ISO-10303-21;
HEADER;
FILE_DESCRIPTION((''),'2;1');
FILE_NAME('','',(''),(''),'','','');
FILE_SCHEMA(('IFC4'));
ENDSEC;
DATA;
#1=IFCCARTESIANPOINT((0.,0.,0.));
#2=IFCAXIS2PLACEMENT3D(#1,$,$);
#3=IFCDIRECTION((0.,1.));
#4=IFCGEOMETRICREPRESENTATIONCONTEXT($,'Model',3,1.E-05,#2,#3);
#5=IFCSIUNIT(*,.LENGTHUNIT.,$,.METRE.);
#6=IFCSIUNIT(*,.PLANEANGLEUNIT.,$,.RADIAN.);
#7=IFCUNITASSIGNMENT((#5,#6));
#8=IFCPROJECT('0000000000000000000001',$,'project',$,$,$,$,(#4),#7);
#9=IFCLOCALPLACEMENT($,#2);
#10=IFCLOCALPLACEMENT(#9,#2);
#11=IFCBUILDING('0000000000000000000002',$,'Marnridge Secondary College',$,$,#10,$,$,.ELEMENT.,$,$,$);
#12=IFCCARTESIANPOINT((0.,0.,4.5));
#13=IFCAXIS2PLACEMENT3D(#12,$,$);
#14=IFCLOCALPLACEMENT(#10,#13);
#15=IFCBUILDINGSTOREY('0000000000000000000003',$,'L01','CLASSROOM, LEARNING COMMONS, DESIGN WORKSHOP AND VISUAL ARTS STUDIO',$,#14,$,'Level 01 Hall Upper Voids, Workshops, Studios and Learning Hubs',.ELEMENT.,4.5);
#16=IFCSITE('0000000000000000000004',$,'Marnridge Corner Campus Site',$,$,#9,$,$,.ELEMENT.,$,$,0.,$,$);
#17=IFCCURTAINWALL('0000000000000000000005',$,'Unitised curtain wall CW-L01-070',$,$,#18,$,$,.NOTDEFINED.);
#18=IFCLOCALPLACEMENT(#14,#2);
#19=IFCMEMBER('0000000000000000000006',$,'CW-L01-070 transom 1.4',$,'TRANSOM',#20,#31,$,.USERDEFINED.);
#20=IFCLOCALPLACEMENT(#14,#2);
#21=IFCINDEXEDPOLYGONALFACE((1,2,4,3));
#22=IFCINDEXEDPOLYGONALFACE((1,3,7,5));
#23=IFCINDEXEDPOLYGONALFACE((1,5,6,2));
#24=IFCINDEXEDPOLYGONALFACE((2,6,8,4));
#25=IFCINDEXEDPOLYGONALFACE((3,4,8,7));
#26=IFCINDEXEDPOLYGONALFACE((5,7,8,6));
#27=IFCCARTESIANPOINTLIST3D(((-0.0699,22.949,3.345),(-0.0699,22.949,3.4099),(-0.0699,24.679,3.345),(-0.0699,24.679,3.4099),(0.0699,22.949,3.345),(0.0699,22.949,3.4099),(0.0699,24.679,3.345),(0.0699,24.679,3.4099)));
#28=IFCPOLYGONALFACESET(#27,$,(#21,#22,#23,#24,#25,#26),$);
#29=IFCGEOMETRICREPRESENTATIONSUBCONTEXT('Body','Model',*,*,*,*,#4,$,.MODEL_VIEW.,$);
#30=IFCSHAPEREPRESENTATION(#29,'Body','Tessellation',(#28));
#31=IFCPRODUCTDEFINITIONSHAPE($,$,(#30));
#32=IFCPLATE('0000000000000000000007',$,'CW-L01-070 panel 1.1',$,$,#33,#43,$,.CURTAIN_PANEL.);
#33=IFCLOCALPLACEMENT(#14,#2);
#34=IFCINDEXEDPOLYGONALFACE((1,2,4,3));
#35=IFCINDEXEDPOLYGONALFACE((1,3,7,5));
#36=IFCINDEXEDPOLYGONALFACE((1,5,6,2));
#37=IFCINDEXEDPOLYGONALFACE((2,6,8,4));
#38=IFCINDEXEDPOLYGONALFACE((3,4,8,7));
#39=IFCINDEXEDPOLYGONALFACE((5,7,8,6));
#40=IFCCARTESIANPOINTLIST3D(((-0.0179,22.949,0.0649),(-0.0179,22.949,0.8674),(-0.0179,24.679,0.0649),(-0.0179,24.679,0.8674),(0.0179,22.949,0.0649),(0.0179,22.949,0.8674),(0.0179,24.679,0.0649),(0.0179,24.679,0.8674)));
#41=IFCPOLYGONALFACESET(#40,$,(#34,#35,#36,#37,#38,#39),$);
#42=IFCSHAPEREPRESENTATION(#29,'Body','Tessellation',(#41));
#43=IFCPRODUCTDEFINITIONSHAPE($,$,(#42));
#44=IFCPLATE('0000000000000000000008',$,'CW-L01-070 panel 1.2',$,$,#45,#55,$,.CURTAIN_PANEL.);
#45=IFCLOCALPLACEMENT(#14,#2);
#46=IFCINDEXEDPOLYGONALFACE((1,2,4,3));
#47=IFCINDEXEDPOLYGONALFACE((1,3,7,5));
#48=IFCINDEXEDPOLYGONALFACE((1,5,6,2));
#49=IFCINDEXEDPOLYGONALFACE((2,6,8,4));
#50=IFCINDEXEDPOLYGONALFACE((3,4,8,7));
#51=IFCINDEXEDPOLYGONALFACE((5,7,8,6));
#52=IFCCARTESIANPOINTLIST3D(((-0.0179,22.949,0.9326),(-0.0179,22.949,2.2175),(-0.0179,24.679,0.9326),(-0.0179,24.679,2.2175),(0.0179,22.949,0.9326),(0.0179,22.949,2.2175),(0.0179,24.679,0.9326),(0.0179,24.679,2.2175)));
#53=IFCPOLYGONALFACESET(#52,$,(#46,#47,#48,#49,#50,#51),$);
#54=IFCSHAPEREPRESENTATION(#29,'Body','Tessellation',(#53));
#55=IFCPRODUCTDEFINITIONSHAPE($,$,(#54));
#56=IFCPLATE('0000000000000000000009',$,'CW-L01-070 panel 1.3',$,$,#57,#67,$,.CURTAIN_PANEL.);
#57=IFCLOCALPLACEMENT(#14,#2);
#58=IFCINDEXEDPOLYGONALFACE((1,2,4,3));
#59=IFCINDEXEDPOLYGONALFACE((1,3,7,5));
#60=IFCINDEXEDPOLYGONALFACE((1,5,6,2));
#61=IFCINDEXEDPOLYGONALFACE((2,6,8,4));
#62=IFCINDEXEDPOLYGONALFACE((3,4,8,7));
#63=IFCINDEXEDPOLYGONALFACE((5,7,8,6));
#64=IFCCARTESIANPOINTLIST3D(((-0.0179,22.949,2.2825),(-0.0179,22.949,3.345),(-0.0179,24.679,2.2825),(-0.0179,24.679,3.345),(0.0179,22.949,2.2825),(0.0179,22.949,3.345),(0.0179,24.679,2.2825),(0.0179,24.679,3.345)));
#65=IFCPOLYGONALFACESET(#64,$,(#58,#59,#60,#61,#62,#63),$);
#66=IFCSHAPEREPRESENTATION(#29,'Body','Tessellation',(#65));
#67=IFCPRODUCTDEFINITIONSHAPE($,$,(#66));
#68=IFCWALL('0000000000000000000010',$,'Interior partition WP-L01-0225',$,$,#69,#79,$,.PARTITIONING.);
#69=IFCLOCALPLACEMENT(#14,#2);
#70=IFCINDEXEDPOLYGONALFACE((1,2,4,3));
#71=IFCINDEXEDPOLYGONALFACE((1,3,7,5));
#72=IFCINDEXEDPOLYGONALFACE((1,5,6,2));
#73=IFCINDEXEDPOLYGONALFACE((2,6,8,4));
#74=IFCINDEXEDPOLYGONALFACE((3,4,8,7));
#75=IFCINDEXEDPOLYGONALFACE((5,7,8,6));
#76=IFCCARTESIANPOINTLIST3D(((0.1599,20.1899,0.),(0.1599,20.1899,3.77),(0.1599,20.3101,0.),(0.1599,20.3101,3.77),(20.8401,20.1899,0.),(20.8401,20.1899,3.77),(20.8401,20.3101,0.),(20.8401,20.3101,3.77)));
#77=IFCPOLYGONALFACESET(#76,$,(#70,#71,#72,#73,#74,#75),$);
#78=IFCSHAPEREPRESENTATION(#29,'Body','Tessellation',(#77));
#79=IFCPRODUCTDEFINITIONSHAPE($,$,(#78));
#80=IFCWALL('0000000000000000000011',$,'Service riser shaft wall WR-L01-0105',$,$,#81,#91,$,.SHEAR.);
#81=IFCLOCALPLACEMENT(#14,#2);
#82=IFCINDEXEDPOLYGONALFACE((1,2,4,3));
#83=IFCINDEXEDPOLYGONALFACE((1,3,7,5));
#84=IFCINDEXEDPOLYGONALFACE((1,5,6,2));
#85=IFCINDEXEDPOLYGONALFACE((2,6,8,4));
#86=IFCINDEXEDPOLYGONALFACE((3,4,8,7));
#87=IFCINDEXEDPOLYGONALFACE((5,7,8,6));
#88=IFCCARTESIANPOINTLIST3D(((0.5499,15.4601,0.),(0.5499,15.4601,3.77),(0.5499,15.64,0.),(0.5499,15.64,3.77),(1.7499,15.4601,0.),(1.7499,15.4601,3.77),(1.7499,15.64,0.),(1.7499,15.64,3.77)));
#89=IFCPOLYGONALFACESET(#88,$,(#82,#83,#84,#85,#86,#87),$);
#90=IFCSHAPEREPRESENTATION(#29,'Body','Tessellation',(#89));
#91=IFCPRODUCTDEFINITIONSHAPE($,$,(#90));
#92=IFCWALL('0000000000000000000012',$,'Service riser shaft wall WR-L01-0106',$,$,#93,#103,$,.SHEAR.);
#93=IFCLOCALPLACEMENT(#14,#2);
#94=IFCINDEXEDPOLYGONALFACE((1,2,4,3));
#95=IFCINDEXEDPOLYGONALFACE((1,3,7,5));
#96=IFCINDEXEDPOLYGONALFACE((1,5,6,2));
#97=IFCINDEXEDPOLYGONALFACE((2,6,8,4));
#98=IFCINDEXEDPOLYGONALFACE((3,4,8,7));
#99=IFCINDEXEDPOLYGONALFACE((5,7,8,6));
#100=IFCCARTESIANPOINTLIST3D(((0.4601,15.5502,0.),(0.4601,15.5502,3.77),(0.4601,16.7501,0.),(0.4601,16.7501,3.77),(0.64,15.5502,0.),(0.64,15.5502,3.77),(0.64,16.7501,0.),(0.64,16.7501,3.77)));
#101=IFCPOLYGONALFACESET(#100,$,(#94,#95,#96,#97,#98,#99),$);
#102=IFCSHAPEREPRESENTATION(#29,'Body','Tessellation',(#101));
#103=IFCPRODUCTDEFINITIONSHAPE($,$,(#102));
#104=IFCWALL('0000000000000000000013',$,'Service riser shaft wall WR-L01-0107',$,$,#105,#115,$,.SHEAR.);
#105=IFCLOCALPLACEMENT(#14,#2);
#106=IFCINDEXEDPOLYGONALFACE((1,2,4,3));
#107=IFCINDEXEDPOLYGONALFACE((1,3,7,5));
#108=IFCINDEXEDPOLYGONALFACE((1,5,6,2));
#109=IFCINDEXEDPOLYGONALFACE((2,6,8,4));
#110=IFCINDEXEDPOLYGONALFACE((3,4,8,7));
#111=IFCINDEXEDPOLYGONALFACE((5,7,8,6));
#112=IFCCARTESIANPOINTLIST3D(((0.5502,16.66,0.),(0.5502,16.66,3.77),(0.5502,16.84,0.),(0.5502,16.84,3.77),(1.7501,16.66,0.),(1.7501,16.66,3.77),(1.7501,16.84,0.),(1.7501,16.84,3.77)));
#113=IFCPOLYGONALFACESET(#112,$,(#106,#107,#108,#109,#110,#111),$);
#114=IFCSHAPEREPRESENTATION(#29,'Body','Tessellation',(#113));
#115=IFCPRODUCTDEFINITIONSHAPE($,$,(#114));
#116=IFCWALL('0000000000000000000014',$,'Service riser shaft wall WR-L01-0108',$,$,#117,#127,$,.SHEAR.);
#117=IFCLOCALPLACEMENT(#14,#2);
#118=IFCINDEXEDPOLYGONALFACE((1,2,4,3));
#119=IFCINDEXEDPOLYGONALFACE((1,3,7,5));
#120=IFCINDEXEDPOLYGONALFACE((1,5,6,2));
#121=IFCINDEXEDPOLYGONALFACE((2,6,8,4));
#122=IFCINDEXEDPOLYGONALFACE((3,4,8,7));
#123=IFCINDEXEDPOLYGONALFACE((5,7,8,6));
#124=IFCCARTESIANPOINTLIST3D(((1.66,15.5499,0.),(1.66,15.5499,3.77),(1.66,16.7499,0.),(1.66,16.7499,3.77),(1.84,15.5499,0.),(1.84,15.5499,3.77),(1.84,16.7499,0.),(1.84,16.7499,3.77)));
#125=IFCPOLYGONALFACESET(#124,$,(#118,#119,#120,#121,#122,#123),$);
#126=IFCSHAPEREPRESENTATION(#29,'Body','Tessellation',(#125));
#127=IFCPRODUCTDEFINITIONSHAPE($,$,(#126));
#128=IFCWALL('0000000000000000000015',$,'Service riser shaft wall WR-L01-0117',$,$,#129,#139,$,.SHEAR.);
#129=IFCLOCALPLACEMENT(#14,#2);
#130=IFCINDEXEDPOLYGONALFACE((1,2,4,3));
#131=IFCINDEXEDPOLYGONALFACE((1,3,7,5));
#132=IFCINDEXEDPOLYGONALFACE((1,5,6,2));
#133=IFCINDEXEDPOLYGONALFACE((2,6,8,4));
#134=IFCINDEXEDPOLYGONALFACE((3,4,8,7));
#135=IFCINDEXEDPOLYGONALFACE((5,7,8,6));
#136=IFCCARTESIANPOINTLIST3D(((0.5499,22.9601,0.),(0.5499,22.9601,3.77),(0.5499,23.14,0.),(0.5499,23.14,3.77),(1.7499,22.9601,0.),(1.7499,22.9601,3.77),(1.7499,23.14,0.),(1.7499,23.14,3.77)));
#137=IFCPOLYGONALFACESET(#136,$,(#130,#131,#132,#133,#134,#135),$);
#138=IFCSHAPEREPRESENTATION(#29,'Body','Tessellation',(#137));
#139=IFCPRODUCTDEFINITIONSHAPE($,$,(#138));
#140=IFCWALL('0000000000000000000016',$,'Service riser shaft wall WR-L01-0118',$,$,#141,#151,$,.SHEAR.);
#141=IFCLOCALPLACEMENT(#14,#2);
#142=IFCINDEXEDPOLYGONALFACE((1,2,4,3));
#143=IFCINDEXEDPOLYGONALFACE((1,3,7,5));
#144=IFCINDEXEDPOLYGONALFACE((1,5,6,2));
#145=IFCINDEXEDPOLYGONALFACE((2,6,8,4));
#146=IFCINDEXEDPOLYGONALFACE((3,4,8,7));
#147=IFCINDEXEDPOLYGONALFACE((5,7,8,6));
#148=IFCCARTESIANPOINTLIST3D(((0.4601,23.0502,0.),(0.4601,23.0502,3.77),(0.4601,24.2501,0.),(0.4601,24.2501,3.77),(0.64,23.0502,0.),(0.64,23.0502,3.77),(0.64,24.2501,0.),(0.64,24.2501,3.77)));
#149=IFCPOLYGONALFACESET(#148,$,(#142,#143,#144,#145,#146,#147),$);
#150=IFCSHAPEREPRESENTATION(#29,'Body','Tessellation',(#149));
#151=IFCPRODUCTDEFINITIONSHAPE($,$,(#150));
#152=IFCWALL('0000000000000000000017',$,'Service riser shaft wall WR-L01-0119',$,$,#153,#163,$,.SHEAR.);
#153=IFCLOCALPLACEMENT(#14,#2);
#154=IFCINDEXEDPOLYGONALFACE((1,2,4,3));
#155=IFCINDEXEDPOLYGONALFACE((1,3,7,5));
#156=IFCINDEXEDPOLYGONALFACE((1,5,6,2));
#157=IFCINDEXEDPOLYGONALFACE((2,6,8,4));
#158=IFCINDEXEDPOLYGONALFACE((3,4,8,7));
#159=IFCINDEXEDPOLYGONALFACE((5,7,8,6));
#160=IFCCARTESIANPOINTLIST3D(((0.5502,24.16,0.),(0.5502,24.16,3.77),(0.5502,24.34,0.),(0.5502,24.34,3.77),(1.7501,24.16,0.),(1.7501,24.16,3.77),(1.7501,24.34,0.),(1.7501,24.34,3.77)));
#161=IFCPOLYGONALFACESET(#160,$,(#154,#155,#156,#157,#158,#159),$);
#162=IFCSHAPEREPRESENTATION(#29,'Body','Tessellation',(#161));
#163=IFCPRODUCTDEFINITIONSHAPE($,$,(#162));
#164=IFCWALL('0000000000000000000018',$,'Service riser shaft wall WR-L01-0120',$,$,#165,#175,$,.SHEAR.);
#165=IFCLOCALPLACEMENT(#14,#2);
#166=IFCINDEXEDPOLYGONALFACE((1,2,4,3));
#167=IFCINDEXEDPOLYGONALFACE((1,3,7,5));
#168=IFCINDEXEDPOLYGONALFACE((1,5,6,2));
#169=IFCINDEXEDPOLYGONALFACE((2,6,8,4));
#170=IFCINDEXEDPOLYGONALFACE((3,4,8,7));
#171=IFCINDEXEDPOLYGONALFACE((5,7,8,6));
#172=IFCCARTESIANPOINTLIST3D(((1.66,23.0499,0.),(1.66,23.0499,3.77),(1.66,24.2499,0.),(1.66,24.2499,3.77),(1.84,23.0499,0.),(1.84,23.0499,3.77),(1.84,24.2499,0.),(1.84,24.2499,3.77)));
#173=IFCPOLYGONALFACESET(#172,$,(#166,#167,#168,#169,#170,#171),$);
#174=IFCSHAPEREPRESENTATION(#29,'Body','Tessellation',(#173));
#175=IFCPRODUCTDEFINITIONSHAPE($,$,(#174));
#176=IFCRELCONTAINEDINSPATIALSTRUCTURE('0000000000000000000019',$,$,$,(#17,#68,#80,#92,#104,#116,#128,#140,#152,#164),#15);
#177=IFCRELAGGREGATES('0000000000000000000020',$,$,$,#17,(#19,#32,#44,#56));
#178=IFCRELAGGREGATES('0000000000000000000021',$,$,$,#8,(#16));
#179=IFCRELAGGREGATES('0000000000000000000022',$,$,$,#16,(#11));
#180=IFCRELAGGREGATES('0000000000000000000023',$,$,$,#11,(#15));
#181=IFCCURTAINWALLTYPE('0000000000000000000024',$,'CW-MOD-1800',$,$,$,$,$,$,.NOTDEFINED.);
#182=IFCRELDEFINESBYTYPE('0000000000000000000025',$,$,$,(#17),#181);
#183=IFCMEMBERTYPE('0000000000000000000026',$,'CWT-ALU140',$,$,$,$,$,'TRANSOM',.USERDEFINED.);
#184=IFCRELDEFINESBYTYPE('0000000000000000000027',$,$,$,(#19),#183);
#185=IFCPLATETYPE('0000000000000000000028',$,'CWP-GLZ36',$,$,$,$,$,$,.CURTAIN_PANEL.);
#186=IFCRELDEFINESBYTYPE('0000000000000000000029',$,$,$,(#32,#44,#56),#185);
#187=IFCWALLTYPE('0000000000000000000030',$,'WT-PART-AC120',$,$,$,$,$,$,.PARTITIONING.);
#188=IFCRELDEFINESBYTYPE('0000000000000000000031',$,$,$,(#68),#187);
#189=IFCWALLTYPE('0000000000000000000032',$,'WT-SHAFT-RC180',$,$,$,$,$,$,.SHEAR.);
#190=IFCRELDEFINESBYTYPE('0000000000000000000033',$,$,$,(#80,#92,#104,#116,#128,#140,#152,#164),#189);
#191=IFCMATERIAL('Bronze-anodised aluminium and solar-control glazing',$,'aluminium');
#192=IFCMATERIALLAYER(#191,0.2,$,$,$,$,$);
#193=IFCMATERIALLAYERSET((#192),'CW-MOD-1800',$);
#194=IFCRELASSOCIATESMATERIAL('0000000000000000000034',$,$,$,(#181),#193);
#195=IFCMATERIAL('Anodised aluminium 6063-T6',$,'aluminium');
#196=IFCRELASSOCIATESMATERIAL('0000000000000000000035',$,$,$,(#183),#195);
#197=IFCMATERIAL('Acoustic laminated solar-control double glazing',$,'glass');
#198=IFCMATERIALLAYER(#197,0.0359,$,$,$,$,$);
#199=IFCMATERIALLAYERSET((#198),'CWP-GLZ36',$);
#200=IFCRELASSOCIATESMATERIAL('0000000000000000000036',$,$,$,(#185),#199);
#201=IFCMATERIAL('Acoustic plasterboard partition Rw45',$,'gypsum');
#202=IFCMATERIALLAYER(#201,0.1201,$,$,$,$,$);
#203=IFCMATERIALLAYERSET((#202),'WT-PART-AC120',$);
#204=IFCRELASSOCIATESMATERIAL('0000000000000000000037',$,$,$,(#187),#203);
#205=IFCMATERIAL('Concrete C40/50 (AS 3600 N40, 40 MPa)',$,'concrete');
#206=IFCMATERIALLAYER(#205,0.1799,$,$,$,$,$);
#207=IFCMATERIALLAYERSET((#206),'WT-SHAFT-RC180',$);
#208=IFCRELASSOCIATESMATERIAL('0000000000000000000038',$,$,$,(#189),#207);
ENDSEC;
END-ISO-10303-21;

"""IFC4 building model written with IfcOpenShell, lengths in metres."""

from ifc_helpers import new_model, si_unit, direction, frame, frame_2d, origin, origin_2d, place, context, subcontext, project, spatial, rectangle, extrude, material, layer, layer_set, material_profile, profile_set, type_object, element, aggregate, save


model = new_model("IFC4")

# Units and contexts
model_context = context("Model", 3, precision=1e-05, world=origin(), true_north=direction((0.0, 1.0)))
body_context = subcontext(model_context, "Body", "Model", "MODEL_VIEW")
ifc_project = project(units=[si_unit("LENGTHUNIT", "METRE"), si_unit("PLANEANGLEUNIT", "RADIAN")], contexts=[model_context])

# Site, building, storey
site_placement = place(None, origin())
site = spatial("IfcSite", under=ifc_project, at=site_placement, Name="Marnridge Corner Campus Site", CompositionType="ELEMENT", RefElevation=0.0)
building_placement = place(site_placement, origin())
building = spatial("IfcBuilding", under=site, at=building_placement, Name="Marnridge Secondary College", CompositionType="ELEMENT")
storey_placement = place(building_placement, frame((0.0, 0.0, 4.5)))
storey = spatial("IfcBuildingStorey", under=building, at=storey_placement, Name="L01", Description="CLASSROOM, LEARNING COMMONS, DESIGN WORKSHOP AND VISUAL ARTS STUDIO", LongName="Level 01 Hall Upper Voids, Workshops, Studios and Learning Hubs", CompositionType="ELEMENT", Elevation=4.5)

# Curtain wall, member, plates
ifc_material_1 = material(Name="Bronze-anodised aluminium and solar-control glazing", Category="aluminium")
ifc_layer_1 = layer(ifc_material_1, 0.2)
ifc_layer_set_1 = layer_set([ifc_layer_1], Name="CW-MOD-1800")
curtain_wall_type = type_object("IfcCurtainWallType", Name="CW-MOD-1800", PredefinedType="NOTDEFINED", material=ifc_layer_set_1)
curtain_wall_placement = place(storey_placement, origin())
curtain_wall = element("IfcCurtainWall", 1, at=curtain_wall_placement, inside=storey, type_object=curtain_wall_type, Name="Unitised curtain wall CW-L01-070", PredefinedType="NOTDEFINED")
ifc_material_2 = material(Name="Anodised aluminium 6063-T6", Category="aluminium")
ifc_material_profile_1 = material_profile(ifc_material_2, rectangle(XDim=0.0649, YDim=0.1399, at=origin_2d()), Name="ALU 65x140")
ifc_profile_set_1 = profile_set([ifc_material_profile_1], Name="Anodised aluminium 6063-T6")
member_type_1 = type_object("IfcMemberType", Name="CWT-ALU140", ElementType="TRANSOM", PredefinedType="USERDEFINED", material=ifc_profile_set_1)
member_1_placement = place(storey_placement, frame((0.0, 22.949, 3.3774), z_axis=(0.0, 1.0, 0.0), x_axis=(0.0, 0.0, 1.0)))
member_1 = element("IfcMember", 2, at=member_1_placement, type_object=member_type_1, Name="CW-L01-070 transom 1.4", ObjectType="TRANSOM", PredefinedType="USERDEFINED", context=body_context, shape_type="SweptSolid", body=[
    extrude(rectangle(XDim=0.0649, YDim=0.1399, at=origin_2d()), origin(), (0.0, 0.0, 1.0), 1.73),
])
ifc_material_3 = material(Name="Acoustic laminated solar-control double glazing", Category="glass")
ifc_layer_2 = layer(ifc_material_3, 0.0359)
ifc_layer_set_2 = layer_set([ifc_layer_2], Name="CWP-GLZ36")
plate_type = type_object("IfcPlateType", Name="CWP-GLZ36", PredefinedType="CURTAIN_PANEL", material=ifc_layer_set_2)
plate_1_placement = place(storey_placement, frame((0.0, 23.814, 0.0649), z_axis=(0.0, 0.0, 1.0), x_axis=(0.0, 1.0, 0.0)))
plate_1 = element("IfcPlate", 3, at=plate_1_placement, type_object=plate_type, Name="CW-L01-070 panel 1.1", PredefinedType="CURTAIN_PANEL", context=body_context, shape_type="SweptSolid", body=[
    extrude(rectangle(XDim=1.73, YDim=0.0359, at=origin_2d()), origin(), (0.0, 0.0, 1.0), 0.8025),
])
plate_2_placement = place(storey_placement, frame((0.0, 23.814, 0.9326), z_axis=(0.0, 0.0, 1.0), x_axis=(0.0, 1.0, 0.0)))
plate_2 = element("IfcPlate", 4, at=plate_2_placement, type_object=plate_type, Name="CW-L01-070 panel 1.2", PredefinedType="CURTAIN_PANEL", context=body_context, shape_type="SweptSolid", body=[
    extrude(rectangle(XDim=1.73, YDim=0.0359, at=origin_2d()), origin(), (0.0, 0.0, 1.0), 1.2849),
])
plate_3_placement = place(storey_placement, frame((0.0, 23.814, 2.2825), z_axis=(0.0, 0.0, 1.0), x_axis=(0.0, 1.0, 0.0)))
plate_3 = element("IfcPlate", 5, at=plate_3_placement, type_object=plate_type, Name="CW-L01-070 panel 1.3", PredefinedType="CURTAIN_PANEL", context=body_context, shape_type="SweptSolid", body=[
    extrude(rectangle(XDim=1.73, YDim=0.0359, at=origin_2d()), origin(), (0.0, 0.0, 1.0), 1.0625),
])
aggregate(curtain_wall, [member_1, plate_1, plate_2, plate_3])

# Walls
ifc_material_4 = material(Name="Acoustic plasterboard partition Rw45", Category="gypsum")
ifc_layer_3 = layer(ifc_material_4, 0.1201)
ifc_layer_set_3 = layer_set([ifc_layer_3], Name="WT-PART-AC120")
wall_type_1 = type_object("IfcWallType", Name="WT-PART-AC120", PredefinedType="PARTITIONING", material=ifc_layer_set_3)
wall_placement = place(storey_placement, frame((0.1599, 20.25, 0.0), z_axis=(0.0, 0.0, 1.0), x_axis=(1.0, 0.0, 0.0)))
element("IfcWall", 6, at=wall_placement, inside=storey, type_object=wall_type_1, Name="Interior partition WP-L01-0225", PredefinedType="PARTITIONING", context=body_context, shape_type="SweptSolid", body=[
    extrude(rectangle(XDim=20.6802, YDim=0.1201, at=frame_2d((10.3401, 0.0))), origin(), (0.0, 0.0, 1.0), 3.77),
])
ifc_material_5 = material(Name="Concrete C40/50 (AS 3600 N40, 40 MPa)", Category="concrete")
ifc_layer_4 = layer(ifc_material_5, 0.1799)
ifc_layer_set_4 = layer_set([ifc_layer_4], Name="WT-SHAFT-RC180")
wall_type_2 = type_object("IfcWallType", Name="WT-SHAFT-RC180", PredefinedType="SHEAR", material=ifc_layer_set_4)
for number, where, z_axis, x_axis, name in (
    (7, (1.75, 15.55, 0.0), (0.0, 0.0, 1.0), (-1.0, 0.0, 0.0), "Service riser shaft wall WR-L01-0105"),
    (8, (0.55, 15.55, 0.0), (0.0, 0.0, 1.0), (0.0, 1.0, 0.0), "Service riser shaft wall WR-L01-0106"),
    (9, (0.55, 16.75, 0.0), (0.0, 0.0, 1.0), (1.0, 0.0, 0.0), "Service riser shaft wall WR-L01-0107"),
    (10, (1.75, 16.75, 0.0), (0.0, 0.0, 1.0), (0.0, -1.0, 0.0), "Service riser shaft wall WR-L01-0108"),
    (11, (1.75, 23.05, 0.0), (0.0, 0.0, 1.0), (-1.0, 0.0, 0.0), "Service riser shaft wall WR-L01-0117"),
    (12, (0.55, 23.05, 0.0), (0.0, 0.0, 1.0), (0.0, 1.0, 0.0), "Service riser shaft wall WR-L01-0118"),
    (13, (0.55, 24.25, 0.0), (0.0, 0.0, 1.0), (1.0, 0.0, 0.0), "Service riser shaft wall WR-L01-0119"),
    (14, (1.75, 24.25, 0.0), (0.0, 0.0, 1.0), (0.0, -1.0, 0.0), "Service riser shaft wall WR-L01-0120"),
):
    element("IfcWall", number, at=place(storey_placement, frame(where, z_axis=z_axis, x_axis=x_axis)), inside=storey, type_object=wall_type_2, Name=name, PredefinedType="SHEAR", context=body_context, shape_type="SweptSolid", body=[
        extrude(rectangle(XDim=1.2, YDim=0.1799, at=frame_2d((0.6001, 0.0))), origin(), (0.0, 0.0, 1.0), 3.77),
    ])

save(model, "model.ifc")
